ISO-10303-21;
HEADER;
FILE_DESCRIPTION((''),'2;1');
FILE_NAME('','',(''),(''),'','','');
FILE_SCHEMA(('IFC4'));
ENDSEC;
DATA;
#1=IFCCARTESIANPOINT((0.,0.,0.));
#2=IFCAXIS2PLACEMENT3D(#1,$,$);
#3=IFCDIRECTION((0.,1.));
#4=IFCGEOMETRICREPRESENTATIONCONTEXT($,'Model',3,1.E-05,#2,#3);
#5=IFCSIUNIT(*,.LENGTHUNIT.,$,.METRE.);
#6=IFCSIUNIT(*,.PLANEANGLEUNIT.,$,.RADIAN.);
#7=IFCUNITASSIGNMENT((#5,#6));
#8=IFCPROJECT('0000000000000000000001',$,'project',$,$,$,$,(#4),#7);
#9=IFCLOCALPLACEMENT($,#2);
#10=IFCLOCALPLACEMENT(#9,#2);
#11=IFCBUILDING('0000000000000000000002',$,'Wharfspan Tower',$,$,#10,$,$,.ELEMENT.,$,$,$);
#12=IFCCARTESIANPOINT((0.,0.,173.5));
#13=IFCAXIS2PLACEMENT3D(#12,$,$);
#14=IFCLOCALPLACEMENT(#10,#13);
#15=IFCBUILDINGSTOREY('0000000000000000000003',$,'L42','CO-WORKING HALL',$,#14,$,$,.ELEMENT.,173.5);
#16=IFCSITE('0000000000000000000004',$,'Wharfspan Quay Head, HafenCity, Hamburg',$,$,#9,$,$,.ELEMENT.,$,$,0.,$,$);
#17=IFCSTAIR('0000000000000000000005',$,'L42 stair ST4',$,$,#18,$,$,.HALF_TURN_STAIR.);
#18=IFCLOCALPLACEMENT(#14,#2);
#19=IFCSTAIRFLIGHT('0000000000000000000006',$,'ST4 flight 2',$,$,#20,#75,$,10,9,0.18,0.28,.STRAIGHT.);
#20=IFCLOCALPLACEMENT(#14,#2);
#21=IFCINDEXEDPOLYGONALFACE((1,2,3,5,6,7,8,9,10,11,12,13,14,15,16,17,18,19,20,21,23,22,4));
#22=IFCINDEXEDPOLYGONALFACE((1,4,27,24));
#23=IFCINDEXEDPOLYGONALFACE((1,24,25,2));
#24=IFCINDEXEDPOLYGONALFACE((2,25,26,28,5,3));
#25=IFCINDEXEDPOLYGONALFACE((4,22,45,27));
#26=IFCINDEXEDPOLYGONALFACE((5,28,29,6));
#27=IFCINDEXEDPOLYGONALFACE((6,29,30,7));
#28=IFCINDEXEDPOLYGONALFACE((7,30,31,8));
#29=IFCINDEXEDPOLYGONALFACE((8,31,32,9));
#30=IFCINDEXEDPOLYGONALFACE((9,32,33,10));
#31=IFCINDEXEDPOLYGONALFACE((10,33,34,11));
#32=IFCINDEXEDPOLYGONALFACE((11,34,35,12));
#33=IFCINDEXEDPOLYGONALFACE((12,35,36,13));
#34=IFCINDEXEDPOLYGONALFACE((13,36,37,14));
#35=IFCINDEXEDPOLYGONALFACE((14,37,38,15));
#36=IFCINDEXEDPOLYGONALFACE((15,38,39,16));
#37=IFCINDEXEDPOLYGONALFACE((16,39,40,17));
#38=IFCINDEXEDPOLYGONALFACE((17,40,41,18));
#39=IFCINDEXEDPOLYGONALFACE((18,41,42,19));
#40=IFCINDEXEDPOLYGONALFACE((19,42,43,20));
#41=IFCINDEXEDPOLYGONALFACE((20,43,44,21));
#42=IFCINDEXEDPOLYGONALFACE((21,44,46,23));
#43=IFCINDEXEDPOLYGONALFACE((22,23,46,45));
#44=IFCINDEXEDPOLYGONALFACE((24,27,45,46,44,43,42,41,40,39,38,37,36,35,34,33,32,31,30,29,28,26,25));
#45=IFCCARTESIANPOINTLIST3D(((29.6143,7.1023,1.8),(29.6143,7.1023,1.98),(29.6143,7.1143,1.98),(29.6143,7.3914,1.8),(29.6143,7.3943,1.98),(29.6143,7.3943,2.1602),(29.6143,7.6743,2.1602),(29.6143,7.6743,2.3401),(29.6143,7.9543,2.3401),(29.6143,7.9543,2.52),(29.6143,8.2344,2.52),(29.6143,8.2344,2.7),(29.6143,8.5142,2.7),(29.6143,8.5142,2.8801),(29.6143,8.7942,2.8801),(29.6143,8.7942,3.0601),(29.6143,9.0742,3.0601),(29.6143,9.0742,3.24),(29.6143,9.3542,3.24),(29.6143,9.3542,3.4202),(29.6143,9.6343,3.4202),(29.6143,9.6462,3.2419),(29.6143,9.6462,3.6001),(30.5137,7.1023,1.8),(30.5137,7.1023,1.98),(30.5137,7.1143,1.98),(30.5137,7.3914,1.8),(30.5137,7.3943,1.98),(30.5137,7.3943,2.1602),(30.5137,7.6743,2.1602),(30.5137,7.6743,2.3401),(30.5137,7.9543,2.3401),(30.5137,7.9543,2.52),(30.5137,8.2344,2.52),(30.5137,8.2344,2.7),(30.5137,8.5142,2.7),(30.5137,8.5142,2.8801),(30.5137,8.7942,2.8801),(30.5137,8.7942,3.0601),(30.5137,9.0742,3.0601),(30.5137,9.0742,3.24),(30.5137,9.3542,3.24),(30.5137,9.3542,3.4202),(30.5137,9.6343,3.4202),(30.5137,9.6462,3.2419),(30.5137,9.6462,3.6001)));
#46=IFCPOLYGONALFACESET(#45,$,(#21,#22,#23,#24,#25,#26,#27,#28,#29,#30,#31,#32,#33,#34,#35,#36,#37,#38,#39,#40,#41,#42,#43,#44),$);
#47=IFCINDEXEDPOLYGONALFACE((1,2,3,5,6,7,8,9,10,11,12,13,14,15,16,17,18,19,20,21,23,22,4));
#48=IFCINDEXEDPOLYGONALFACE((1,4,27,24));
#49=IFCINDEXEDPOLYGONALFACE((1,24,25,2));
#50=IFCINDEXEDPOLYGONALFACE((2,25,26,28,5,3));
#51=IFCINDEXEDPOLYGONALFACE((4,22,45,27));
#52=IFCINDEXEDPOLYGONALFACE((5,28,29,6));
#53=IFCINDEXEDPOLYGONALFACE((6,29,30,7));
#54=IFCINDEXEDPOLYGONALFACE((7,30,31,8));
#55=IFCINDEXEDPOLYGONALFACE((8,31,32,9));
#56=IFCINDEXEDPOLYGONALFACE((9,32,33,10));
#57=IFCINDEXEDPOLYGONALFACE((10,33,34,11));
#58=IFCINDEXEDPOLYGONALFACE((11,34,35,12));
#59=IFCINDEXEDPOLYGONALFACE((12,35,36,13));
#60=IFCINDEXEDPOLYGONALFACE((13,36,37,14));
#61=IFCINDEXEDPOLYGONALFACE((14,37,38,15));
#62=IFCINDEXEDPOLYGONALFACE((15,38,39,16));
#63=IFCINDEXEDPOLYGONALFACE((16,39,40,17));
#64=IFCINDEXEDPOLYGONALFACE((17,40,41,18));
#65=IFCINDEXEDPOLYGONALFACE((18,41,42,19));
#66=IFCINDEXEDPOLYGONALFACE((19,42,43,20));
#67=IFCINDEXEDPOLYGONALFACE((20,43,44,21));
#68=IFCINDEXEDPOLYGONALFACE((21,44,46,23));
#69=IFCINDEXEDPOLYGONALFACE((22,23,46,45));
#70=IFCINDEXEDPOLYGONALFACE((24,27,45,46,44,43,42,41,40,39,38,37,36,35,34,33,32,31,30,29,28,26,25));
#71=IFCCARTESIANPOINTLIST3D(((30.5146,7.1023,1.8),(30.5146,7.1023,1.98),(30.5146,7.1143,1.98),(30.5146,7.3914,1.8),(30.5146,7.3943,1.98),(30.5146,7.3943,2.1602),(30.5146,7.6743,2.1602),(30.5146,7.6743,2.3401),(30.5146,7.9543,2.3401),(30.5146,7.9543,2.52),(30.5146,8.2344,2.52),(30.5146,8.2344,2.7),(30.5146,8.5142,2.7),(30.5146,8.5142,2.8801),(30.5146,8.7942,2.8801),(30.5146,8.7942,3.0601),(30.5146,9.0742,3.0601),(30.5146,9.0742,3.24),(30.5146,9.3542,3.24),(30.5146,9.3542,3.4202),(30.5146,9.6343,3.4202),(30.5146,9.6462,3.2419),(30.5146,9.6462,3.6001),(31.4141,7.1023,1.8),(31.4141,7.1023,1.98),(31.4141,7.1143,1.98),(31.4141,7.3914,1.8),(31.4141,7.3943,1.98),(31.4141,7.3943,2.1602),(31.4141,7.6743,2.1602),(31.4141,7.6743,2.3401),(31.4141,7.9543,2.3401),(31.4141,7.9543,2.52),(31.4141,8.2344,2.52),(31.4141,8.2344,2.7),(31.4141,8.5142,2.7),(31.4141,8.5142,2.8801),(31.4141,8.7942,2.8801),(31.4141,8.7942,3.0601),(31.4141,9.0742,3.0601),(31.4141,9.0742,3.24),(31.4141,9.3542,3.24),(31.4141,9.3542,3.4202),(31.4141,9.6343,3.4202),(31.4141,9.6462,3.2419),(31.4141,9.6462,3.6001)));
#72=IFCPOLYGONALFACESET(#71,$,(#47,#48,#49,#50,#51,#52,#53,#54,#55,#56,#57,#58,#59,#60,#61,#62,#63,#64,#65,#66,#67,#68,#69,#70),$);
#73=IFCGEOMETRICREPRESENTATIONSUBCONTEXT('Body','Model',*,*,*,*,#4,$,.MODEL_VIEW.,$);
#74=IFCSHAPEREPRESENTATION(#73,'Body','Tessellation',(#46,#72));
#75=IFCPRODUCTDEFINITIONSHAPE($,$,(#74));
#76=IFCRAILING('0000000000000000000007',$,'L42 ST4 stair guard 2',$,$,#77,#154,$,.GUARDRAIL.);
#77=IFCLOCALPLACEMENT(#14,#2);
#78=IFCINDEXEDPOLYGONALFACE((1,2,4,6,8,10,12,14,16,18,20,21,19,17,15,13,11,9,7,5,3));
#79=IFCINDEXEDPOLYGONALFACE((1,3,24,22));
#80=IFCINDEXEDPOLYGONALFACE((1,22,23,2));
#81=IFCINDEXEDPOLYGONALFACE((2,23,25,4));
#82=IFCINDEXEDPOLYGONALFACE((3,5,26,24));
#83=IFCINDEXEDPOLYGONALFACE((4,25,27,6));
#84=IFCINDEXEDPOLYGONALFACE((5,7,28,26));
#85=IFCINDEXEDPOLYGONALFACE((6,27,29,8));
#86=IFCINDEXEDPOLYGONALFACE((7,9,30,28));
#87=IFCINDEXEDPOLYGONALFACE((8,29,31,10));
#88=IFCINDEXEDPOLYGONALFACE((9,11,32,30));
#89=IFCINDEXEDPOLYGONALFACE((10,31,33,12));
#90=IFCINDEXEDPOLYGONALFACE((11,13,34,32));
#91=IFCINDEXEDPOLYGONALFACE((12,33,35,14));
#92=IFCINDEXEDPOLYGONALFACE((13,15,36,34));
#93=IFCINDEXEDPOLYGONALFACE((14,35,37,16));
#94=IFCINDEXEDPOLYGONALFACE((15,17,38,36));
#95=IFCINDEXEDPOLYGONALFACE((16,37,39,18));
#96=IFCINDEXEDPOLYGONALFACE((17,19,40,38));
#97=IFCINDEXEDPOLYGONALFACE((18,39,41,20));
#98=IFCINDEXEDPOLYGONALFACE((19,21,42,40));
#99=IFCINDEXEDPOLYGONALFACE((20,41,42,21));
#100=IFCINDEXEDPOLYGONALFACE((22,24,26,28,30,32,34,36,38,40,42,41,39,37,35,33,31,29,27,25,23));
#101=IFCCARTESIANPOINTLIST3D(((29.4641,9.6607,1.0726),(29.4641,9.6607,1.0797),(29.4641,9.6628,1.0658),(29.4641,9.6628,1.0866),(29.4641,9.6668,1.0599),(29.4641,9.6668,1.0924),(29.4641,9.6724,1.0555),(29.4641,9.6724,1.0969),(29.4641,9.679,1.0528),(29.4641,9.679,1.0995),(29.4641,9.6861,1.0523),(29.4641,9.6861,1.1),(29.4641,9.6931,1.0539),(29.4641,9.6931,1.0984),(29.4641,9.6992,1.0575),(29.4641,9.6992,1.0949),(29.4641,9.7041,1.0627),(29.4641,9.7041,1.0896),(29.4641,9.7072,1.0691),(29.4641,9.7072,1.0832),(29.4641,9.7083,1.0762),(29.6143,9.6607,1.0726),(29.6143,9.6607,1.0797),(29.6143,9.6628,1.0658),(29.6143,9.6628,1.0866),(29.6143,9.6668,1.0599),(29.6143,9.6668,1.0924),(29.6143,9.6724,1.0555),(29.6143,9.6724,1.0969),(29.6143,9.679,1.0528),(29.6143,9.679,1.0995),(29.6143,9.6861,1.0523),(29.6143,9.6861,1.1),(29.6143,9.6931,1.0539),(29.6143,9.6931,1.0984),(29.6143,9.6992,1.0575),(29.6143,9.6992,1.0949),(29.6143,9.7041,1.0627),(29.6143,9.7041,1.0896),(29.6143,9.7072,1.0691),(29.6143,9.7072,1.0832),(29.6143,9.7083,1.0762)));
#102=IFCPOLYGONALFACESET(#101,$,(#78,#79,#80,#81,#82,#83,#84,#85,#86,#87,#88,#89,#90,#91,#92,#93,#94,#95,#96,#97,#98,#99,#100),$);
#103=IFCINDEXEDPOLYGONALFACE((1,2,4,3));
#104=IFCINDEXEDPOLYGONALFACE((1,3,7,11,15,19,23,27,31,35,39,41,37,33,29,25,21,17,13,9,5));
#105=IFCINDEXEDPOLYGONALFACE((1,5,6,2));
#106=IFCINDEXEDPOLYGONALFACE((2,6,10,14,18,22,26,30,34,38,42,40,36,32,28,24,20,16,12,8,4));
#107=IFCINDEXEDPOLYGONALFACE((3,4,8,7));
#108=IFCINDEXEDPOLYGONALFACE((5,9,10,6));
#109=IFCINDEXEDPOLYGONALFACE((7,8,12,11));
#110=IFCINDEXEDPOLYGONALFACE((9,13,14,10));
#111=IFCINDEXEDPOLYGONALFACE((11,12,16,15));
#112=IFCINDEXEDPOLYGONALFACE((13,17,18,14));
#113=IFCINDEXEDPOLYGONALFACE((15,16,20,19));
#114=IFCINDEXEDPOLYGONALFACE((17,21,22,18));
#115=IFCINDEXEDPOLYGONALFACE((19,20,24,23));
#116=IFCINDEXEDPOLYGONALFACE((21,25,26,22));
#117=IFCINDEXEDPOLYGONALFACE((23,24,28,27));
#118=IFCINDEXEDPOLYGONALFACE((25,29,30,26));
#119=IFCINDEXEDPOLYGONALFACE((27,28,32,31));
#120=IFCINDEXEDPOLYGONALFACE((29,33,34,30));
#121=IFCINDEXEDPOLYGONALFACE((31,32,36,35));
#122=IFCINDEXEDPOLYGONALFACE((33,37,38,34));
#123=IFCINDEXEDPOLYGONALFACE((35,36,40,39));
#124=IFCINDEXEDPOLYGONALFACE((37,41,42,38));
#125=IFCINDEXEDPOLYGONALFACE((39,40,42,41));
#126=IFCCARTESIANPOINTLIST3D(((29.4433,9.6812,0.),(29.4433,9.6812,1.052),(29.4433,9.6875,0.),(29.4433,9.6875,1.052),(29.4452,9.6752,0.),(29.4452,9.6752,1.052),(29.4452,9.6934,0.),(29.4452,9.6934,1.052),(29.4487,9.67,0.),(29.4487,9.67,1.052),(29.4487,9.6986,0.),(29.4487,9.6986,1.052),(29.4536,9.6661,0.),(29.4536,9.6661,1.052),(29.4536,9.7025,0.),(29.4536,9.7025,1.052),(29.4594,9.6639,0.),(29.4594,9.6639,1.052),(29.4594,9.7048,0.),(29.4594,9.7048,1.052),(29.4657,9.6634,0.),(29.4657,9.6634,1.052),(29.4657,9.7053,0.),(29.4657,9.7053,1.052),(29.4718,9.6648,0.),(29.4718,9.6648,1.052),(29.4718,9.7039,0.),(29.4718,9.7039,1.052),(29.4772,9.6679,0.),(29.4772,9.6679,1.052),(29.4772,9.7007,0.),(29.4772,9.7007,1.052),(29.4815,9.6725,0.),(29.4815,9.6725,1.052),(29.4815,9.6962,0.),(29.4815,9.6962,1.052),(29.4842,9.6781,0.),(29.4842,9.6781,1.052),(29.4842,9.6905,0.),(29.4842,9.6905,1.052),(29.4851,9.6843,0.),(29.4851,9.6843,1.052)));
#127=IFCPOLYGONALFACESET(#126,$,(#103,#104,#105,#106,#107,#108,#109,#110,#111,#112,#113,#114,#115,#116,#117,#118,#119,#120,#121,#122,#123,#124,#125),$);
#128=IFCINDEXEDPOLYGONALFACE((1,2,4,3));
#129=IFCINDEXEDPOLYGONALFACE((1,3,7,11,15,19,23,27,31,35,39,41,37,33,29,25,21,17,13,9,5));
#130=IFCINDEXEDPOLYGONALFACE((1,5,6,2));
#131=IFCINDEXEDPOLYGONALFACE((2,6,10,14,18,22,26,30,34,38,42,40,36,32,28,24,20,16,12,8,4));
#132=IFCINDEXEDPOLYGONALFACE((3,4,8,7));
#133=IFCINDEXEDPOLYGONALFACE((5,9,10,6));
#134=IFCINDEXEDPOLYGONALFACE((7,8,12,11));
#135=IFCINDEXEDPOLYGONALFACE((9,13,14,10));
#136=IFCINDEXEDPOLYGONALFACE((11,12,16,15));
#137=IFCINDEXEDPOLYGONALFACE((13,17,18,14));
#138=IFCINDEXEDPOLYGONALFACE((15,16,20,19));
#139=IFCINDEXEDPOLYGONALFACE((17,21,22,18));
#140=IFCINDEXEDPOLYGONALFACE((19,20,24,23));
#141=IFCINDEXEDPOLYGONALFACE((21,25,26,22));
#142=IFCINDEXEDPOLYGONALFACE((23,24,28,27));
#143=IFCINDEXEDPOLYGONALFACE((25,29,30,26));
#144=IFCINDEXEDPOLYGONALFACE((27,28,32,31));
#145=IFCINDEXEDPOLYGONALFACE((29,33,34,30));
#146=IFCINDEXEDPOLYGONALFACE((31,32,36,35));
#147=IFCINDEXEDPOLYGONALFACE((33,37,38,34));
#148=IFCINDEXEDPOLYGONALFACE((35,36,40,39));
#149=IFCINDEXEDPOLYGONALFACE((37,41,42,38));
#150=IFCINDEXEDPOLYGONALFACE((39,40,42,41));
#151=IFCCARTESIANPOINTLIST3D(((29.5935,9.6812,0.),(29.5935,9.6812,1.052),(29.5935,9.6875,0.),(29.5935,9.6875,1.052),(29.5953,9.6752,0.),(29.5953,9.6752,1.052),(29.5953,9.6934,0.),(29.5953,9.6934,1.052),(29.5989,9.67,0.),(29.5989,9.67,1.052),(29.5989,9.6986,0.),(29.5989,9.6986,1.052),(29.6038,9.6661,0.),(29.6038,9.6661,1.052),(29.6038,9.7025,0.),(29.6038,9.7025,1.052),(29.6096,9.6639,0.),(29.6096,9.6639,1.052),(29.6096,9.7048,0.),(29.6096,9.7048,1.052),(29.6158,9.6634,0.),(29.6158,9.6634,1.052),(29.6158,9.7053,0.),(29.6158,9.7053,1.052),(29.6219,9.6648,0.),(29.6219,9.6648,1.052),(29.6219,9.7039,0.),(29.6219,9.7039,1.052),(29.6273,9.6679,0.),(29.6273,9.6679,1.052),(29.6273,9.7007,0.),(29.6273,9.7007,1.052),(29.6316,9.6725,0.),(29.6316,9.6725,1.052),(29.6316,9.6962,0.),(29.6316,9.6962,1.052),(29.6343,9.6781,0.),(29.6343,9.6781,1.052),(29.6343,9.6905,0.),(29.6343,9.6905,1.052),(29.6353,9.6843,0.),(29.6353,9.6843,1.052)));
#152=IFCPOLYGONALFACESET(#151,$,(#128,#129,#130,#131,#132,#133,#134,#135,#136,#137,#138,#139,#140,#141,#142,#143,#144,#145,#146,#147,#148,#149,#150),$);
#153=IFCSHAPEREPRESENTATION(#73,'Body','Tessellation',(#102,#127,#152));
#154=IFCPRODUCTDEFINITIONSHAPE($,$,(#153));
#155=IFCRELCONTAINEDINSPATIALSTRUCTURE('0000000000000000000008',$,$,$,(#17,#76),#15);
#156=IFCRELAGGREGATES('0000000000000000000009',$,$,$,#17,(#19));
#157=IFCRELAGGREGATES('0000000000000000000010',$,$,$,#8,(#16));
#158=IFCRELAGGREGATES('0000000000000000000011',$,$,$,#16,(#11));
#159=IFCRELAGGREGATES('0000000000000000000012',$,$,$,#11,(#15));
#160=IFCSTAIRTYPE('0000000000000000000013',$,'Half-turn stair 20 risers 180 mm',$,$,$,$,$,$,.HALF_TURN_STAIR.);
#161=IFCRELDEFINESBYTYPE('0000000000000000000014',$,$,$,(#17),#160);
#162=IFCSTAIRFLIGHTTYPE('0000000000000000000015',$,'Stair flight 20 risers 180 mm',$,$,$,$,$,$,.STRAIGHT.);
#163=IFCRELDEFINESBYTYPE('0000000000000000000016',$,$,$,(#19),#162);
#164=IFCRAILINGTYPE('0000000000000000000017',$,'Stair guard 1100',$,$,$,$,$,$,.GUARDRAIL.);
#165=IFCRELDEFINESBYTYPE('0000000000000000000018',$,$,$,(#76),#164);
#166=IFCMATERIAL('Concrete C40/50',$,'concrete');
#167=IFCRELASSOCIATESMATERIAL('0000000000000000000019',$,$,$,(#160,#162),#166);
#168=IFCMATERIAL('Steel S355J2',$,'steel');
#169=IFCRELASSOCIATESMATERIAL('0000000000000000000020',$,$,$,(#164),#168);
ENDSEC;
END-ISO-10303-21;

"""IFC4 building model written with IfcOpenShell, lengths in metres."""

from ifc_helpers import new_model, si_unit, direction, frame, origin, origin_2d, place, context, subcontext, project, spatial, polyline, circle, outline, extrude, material, type_object, element, aggregate, save


model = new_model("IFC4")

# Units and contexts
model_context = context("Model", 3, precision=1e-05, world=origin(), true_north=direction((0.0, 1.0)))
body_context = subcontext(model_context, "Body", "Model", "MODEL_VIEW")
ifc_project = project(units=[si_unit("LENGTHUNIT", "METRE"), si_unit("PLANEANGLEUNIT", "RADIAN")], contexts=[model_context])

# Site, building, storey
site_placement = place(None, origin())
site = spatial("IfcSite", under=ifc_project, at=site_placement, Name="Wharfspan Quay Head, HafenCity, Hamburg", CompositionType="ELEMENT", RefElevation=0.0)
building_placement = place(site_placement, origin())
building = spatial("IfcBuilding", under=site, at=building_placement, Name="Wharfspan Tower", CompositionType="ELEMENT")
storey_placement = place(building_placement, frame((0.0, 0.0, 173.5)))
storey = spatial("IfcBuildingStorey", under=building, at=storey_placement, Name="L42", Description="CO-WORKING HALL", CompositionType="ELEMENT", Elevation=173.5)

# Shared definitions
ifc_material_1 = material(Name="Steel S355J2", Category="steel")

# Shared definitions
ifc_material_2 = material(Name="Concrete C40/50", Category="concrete")

# Stair, stair flight
stair_type = type_object("IfcStairType", Name="Half-turn stair 20 risers 180 mm", PredefinedType="HALF_TURN_STAIR", material=ifc_material_2)
stair_placement = place(storey_placement, origin())
stair = element("IfcStair", 1, at=stair_placement, inside=storey, type_object=stair_type, Name="L42 stair ST4", PredefinedType="HALF_TURN_STAIR")
stair_flight_type = type_object("IfcStairFlightType", Name="Stair flight 20 risers 180 mm", PredefinedType="STRAIGHT", material=ifc_material_2)
stair_flight_1_placement = place(storey_placement, frame((30.5142, 7.1143, 1.8), z_axis=(0.0, 0.0, 1.0), x_axis=(0.0, 1.0, 0.0)))
stair_flight_1 = element("IfcStairFlight", 2, at=stair_flight_1_placement, type_object=stair_flight_type, Name="ST4 flight 2", NumberOfRisers=10, NumberOfTreads=9, PredefinedType="STRAIGHT", RiserHeight=0.18, TreadLength=0.28, context=body_context, shape_type="SweptSolid", body=[
    extrude(outline(polyline([(-0.012, 0.0), (-0.012, 0.1799), (0.0, 0.1799), (0.28, 0.1799), (0.28, 0.3601), (0.5601, 0.3601), (0.5601, 0.54), (0.8401, 0.54), (0.8401, 0.72), (1.1201, 0.72), (1.1201, 0.8999), (1.3999, 0.8999), (1.3999, 1.0801), (1.6799, 1.0801), (1.6799, 1.26), (1.96, 1.26), (1.96, 1.4399), (2.24, 1.4399), (2.24, 1.6201), (2.52, 1.6201), (2.532, 1.8), (2.532, 1.4419), (0.2771, 0.0), (-0.012, 0.0)])), frame((0.0, 0.8999, 0.0), z_axis=(0.0, -1.0, 0.0), x_axis=(1.0, 0.0, 0.0)), (0.0, 0.0, 1.0), 0.8994),
    extrude(outline(polyline([(-0.012, 0.0), (-0.012, 0.1799), (0.0, 0.1799), (0.28, 0.1799), (0.28, 0.3601), (0.5601, 0.3601), (0.5601, 0.54), (0.8401, 0.54), (0.8401, 0.72), (1.1201, 0.72), (1.1201, 0.8999), (1.3999, 0.8999), (1.3999, 1.0801), (1.6799, 1.0801), (1.6799, 1.26), (1.96, 1.26), (1.96, 1.4399), (2.24, 1.4399), (2.24, 1.6201), (2.52, 1.6201), (2.532, 1.8), (2.532, 1.4419), (0.2771, 0.0), (-0.012, 0.0)])), frame((0.0, -0.0005, 0.0), z_axis=(0.0, -1.0, 0.0), x_axis=(1.0, 0.0, 0.0)), (0.0, 0.0, 1.0), 0.8994),
])
aggregate(stair, [stair_flight_1])

# Railing
railing_type_1 = type_object("IfcRailingType", Name="Stair guard 1100", PredefinedType="GUARDRAIL", material=ifc_material_1)
railing_1_placement = place(storey_placement, frame((29.4641, 9.6843, 0.0)))
element("IfcRailing", 3, at=railing_1_placement, inside=storey, type_object=railing_type_1, Name="L42 ST4 stair guard 2", PredefinedType="GUARDRAIL", context=body_context, shape_type="SweptSolid", body=[
    extrude(circle(Radius=0.0239, at=origin_2d()), frame((0.0, 0.0, 1.0762), z_axis=(1.0, 0.0, 0.0), x_axis=(0.0, 1.0, 0.0)), (0.0, 0.0, 1.0), 0.1501),
    extrude(circle(Radius=0.021, at=origin_2d()), origin(), (0.0, 0.0, 1.0), 1.052),
    extrude(circle(Radius=0.021, at=origin_2d()), frame((0.1501, 0.0, 0.0)), (0.0, 0.0, 1.0), 1.052),
])

save(model, "model.ifc")
